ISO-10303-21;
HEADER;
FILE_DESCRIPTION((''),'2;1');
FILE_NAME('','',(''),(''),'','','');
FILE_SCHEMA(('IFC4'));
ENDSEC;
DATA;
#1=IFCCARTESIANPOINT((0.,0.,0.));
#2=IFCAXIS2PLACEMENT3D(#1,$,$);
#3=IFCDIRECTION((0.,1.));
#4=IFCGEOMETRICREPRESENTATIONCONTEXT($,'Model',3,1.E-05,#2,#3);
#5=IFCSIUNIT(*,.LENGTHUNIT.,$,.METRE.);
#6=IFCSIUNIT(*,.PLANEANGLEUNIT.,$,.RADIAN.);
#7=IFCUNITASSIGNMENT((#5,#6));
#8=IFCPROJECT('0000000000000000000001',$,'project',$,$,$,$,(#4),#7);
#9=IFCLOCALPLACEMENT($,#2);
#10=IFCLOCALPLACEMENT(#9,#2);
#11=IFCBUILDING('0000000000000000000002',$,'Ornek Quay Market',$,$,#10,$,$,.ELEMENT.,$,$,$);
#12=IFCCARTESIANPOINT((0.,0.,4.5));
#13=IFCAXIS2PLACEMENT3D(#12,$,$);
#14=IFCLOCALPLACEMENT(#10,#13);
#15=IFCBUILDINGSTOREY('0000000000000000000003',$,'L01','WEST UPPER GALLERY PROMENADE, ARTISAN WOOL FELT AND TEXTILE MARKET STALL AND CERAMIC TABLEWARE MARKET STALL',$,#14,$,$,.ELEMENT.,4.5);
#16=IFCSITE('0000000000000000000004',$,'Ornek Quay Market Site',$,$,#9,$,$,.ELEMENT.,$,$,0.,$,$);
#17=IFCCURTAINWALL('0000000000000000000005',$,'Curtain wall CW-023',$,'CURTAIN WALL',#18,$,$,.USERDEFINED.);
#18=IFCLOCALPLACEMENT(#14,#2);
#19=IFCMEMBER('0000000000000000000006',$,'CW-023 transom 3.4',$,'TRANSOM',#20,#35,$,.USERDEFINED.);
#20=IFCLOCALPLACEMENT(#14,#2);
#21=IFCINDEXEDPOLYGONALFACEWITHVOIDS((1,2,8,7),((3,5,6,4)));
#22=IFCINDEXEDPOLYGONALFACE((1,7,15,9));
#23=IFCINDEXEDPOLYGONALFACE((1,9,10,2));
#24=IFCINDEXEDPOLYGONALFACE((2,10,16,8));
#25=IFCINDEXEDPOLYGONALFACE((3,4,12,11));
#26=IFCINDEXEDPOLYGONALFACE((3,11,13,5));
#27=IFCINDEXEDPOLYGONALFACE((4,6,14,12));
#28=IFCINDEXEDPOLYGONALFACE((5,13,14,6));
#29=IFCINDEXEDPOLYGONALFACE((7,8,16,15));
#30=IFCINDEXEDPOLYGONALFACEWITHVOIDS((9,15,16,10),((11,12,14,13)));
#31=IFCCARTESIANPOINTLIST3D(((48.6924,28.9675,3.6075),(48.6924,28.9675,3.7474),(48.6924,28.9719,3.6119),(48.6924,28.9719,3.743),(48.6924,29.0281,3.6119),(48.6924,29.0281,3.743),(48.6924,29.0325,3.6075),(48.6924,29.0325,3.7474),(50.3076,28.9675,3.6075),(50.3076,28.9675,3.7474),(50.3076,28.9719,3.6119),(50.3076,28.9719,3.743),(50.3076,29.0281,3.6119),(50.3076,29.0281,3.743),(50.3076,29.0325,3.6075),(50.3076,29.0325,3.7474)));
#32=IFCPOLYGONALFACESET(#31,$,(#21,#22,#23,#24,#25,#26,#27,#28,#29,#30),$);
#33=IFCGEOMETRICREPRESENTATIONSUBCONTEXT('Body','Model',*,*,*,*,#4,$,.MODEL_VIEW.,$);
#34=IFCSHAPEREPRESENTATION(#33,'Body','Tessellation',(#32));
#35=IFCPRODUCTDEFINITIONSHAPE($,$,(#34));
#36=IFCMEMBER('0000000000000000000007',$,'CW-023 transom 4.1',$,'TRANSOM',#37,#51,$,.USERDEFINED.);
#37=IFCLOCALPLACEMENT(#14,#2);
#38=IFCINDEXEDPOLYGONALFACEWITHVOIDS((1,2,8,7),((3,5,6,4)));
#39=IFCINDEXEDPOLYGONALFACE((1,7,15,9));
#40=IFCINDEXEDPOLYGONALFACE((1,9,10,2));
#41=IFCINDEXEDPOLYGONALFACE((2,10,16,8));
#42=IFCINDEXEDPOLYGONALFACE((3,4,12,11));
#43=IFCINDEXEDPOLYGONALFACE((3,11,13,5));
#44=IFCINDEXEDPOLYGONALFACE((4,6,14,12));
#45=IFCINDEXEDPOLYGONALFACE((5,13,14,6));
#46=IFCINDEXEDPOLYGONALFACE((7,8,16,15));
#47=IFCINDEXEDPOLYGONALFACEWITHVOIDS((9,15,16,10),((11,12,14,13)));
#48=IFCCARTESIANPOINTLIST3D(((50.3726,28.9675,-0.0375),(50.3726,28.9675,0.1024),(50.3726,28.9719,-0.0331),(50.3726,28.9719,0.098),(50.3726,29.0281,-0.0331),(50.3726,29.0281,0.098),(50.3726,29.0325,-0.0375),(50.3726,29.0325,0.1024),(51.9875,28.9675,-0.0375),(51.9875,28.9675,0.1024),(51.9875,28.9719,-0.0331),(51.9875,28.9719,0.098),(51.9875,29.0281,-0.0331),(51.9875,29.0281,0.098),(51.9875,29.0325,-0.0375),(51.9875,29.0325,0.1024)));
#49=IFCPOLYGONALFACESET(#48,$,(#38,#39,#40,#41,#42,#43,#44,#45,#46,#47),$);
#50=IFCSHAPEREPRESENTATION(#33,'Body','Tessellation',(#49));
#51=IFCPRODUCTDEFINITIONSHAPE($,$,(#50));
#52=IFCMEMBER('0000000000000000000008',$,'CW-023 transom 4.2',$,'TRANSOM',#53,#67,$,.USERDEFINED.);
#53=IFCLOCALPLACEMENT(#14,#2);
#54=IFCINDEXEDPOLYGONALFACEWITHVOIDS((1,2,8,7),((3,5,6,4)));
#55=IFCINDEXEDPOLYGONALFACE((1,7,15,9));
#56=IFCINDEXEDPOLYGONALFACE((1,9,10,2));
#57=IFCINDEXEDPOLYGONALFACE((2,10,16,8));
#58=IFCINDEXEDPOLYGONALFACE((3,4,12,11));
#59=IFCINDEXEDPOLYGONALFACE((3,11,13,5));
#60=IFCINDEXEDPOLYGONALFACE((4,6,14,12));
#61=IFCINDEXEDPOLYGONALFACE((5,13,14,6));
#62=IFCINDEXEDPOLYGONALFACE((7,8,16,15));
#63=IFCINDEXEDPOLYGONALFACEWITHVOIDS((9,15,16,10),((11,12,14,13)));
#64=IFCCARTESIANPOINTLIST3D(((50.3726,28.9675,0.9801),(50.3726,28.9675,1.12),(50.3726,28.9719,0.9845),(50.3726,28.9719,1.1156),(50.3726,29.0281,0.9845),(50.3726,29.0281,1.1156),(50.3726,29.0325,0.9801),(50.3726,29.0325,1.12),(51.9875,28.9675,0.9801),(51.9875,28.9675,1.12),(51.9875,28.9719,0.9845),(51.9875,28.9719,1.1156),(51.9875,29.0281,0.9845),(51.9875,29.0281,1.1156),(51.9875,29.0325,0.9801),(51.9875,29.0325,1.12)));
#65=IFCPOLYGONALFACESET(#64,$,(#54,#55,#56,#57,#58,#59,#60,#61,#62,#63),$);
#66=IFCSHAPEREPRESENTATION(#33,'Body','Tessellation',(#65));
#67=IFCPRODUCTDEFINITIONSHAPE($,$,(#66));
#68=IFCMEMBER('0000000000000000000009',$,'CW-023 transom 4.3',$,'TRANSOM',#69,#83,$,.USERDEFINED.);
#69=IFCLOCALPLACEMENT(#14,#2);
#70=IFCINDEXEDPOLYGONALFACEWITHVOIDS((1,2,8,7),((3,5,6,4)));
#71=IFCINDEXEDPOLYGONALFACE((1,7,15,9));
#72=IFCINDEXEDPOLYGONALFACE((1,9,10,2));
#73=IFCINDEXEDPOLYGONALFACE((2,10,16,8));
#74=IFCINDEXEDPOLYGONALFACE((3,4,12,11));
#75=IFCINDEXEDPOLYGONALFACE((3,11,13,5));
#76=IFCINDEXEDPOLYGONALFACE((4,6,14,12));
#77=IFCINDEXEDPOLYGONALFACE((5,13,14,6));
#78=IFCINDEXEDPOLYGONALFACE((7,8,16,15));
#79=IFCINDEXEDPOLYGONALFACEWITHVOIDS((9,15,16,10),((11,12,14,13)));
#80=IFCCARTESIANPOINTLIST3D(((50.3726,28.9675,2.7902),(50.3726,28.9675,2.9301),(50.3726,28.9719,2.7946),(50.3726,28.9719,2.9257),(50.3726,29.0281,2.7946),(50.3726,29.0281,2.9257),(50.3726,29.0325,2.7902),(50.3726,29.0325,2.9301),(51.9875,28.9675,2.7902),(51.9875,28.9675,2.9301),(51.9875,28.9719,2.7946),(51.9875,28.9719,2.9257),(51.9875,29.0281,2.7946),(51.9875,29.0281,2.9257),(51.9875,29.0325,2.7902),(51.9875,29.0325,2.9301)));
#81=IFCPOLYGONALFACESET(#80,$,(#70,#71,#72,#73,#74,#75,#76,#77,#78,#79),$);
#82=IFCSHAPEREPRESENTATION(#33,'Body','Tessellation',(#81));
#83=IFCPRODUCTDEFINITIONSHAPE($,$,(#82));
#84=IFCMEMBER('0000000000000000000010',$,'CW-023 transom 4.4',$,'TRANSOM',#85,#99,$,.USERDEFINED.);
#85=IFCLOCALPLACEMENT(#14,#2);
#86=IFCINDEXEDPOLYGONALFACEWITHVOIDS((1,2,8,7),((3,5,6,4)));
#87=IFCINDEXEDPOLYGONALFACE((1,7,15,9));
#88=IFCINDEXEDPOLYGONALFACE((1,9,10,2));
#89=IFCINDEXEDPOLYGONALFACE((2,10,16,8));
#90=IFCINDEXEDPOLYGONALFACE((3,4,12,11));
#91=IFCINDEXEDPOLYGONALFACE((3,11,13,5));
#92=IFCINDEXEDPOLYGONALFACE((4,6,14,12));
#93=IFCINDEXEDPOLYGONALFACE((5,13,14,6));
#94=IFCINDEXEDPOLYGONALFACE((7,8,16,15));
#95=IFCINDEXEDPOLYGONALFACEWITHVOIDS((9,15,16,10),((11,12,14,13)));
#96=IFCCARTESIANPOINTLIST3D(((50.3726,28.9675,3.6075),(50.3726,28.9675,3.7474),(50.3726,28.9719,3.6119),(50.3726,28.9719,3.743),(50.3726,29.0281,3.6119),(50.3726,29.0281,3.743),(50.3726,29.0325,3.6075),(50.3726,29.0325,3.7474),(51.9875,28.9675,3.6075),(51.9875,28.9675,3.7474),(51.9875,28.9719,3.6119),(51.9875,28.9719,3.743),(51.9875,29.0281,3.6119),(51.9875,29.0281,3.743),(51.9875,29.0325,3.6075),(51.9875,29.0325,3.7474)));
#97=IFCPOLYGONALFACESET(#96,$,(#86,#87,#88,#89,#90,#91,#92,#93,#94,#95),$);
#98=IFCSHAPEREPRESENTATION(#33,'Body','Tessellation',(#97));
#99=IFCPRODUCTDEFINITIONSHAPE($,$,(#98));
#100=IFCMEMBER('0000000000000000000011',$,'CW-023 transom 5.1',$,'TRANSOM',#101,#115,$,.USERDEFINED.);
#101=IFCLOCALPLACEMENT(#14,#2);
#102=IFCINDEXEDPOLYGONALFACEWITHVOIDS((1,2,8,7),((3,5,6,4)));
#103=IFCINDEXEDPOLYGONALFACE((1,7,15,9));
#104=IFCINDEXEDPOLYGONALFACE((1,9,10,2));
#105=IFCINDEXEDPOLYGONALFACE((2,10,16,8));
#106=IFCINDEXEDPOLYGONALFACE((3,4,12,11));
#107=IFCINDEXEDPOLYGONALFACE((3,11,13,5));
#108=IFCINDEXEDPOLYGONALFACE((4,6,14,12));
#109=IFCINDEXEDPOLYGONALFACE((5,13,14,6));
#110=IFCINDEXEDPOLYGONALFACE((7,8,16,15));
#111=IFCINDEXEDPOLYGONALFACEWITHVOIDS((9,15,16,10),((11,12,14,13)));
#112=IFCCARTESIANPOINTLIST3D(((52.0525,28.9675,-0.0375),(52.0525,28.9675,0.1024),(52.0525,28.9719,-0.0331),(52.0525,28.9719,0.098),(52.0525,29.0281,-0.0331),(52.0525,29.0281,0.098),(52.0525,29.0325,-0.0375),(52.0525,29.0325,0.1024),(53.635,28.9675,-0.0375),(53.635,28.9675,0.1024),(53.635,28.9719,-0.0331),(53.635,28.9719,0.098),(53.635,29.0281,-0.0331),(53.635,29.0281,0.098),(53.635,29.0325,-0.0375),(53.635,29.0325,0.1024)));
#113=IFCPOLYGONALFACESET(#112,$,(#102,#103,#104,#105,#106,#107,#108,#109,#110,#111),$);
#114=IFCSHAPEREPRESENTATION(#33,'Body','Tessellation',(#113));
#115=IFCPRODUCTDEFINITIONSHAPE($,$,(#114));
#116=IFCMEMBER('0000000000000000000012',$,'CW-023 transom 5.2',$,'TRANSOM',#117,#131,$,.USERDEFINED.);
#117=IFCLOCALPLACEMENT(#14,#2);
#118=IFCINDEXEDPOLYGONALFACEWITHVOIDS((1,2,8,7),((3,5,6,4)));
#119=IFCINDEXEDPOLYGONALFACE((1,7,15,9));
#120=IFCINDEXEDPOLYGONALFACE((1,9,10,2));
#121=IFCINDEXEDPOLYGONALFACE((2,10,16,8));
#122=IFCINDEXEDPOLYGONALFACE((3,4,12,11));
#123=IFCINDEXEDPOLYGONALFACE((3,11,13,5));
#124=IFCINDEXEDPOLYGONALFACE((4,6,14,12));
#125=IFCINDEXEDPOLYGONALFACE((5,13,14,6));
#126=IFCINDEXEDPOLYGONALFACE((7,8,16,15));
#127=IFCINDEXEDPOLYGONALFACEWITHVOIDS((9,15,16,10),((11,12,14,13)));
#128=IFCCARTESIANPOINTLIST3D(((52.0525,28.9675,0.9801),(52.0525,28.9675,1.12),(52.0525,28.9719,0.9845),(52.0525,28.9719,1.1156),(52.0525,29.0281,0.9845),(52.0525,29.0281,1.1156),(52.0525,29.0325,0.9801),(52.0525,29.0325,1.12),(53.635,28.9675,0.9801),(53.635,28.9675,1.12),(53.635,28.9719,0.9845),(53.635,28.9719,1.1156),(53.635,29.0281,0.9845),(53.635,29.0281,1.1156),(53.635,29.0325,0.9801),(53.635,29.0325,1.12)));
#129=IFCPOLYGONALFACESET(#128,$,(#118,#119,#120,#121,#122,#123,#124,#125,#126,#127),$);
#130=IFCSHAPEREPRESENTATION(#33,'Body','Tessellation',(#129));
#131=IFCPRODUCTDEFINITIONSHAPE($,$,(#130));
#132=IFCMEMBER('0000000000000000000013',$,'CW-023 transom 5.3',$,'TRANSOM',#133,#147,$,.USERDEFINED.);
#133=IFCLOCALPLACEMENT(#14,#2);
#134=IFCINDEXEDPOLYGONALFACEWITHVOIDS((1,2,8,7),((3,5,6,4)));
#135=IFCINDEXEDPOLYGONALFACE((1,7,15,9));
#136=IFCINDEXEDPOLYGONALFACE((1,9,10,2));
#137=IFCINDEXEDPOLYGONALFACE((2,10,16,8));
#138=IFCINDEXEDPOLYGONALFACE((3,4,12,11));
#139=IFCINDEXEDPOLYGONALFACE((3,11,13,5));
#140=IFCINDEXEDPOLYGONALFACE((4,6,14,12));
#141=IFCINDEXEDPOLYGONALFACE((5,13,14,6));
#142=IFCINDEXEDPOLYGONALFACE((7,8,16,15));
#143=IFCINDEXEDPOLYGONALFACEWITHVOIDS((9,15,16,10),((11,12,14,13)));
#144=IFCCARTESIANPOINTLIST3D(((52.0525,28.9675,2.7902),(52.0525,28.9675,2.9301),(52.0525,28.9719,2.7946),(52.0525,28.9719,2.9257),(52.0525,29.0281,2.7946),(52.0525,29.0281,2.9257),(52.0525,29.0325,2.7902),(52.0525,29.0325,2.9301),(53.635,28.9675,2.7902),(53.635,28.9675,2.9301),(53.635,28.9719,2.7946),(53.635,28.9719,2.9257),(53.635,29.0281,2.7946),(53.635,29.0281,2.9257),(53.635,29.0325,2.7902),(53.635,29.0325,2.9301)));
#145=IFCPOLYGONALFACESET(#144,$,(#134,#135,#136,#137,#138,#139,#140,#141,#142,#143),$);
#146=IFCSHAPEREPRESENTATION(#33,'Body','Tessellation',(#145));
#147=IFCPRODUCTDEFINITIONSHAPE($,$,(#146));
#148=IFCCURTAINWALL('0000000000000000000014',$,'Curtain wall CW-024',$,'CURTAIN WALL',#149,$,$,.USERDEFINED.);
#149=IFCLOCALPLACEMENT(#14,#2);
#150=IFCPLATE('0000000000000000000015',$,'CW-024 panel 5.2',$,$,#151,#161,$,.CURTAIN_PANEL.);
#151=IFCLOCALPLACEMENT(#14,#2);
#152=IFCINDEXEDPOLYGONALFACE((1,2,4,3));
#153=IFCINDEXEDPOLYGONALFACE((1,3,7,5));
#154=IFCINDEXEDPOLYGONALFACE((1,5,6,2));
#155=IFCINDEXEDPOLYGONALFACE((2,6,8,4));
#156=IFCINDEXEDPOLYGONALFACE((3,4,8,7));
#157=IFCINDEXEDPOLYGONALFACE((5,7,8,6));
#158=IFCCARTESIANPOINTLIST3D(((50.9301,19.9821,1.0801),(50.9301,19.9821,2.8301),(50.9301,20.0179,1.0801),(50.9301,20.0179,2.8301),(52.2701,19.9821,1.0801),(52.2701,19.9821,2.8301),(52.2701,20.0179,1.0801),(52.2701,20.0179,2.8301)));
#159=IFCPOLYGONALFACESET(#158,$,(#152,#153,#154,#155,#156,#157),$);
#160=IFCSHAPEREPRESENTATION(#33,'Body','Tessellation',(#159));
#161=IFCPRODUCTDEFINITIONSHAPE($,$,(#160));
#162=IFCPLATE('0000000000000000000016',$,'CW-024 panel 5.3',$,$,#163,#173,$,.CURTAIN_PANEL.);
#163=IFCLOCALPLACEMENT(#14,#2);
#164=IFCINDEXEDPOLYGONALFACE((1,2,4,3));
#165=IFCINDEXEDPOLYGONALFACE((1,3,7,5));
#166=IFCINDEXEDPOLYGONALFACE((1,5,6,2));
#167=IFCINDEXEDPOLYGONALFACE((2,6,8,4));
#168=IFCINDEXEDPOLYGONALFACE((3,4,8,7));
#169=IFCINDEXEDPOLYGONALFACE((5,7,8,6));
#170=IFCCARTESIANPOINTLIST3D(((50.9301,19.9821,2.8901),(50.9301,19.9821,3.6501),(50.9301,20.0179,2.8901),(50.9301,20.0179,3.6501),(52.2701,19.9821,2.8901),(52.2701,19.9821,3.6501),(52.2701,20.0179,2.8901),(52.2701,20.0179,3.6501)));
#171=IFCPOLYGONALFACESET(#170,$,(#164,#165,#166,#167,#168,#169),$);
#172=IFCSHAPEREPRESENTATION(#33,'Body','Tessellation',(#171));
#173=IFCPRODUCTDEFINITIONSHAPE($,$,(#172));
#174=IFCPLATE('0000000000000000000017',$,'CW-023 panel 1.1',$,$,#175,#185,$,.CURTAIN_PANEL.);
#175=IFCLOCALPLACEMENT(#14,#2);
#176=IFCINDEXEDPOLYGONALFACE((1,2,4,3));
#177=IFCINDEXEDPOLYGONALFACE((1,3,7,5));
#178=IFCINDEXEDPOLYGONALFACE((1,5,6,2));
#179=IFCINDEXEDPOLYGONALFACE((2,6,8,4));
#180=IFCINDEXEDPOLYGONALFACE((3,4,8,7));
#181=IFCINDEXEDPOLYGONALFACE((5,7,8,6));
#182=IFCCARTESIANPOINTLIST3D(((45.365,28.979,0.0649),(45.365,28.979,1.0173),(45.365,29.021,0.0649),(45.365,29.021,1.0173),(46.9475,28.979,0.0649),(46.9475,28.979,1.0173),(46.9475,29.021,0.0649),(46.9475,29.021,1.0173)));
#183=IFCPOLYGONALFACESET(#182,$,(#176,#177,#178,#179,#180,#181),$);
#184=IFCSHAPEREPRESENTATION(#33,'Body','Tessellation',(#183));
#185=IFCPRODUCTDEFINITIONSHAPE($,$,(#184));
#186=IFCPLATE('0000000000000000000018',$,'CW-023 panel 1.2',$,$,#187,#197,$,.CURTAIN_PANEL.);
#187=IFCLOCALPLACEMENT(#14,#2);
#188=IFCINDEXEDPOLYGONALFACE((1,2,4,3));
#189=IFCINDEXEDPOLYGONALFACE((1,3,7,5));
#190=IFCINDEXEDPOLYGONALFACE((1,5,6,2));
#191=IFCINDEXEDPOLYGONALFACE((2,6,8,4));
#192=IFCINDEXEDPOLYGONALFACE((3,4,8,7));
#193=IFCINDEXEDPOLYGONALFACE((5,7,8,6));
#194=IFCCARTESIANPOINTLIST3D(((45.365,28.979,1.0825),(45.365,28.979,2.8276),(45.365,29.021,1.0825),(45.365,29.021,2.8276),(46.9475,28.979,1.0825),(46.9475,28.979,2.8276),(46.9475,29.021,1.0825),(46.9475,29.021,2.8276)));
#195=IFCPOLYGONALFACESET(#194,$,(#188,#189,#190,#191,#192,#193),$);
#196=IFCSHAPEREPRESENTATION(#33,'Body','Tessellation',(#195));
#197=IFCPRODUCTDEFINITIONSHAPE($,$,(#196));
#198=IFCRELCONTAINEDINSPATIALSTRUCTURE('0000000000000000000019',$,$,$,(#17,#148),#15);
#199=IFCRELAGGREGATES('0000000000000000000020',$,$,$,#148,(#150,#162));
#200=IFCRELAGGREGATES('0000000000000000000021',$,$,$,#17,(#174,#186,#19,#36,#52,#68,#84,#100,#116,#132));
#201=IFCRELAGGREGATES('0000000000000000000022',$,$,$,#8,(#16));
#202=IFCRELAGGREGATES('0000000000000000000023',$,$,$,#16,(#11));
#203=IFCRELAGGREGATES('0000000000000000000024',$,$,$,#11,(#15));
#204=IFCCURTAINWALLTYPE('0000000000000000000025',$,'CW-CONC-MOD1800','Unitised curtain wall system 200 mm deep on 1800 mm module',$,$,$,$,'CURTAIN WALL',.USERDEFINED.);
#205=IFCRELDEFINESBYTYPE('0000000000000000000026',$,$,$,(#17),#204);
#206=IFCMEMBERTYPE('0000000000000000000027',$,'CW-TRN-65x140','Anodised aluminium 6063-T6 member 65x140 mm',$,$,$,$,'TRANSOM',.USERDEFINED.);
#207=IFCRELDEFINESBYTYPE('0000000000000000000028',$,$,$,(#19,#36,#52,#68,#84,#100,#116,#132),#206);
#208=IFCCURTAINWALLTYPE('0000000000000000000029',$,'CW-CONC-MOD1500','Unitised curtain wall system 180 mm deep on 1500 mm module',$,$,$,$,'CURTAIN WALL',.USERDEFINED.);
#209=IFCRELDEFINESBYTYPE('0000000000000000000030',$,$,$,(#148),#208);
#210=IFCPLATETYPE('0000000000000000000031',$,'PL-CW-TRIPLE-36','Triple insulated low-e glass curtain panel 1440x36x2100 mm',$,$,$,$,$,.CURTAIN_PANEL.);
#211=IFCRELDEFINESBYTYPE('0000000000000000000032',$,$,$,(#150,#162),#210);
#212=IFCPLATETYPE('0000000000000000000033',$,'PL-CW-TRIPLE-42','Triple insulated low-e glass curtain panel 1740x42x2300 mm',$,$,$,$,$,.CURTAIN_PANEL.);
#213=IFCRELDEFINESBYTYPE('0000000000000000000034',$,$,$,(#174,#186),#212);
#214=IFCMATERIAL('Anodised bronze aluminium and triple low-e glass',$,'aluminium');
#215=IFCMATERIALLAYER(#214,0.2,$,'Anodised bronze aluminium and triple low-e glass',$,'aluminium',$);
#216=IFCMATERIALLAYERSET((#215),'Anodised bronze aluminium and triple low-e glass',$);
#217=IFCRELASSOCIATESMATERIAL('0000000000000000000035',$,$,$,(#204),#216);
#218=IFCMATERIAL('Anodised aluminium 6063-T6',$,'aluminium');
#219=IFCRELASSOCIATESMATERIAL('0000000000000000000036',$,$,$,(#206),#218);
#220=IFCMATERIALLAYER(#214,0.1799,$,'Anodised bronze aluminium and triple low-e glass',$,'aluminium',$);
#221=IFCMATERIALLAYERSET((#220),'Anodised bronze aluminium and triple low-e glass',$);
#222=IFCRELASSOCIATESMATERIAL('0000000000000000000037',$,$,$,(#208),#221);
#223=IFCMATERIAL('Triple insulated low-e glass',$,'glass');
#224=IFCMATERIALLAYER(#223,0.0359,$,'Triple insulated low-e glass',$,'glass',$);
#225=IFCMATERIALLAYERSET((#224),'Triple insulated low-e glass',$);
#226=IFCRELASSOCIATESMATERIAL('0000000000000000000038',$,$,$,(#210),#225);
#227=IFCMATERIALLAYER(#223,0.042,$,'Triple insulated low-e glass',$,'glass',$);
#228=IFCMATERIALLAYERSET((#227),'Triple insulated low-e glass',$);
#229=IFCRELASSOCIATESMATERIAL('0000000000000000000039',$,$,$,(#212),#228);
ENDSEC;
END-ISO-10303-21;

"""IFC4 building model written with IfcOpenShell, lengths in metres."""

from ifc_helpers import new_model, si_unit, direction, frame, origin, origin_2d, place, context, subcontext, project, spatial, rectangle, hollow_rectangle, extrude, material, layer, layer_set, material_profile, profile_set, type_object, element, aggregate, save


model = new_model("IFC4")

# Units and contexts
model_context = context("Model", 3, precision=1e-05, world=origin(), true_north=direction((0.0, 1.0)))
body_context = subcontext(model_context, "Body", "Model", "MODEL_VIEW")
ifc_project = project(units=[si_unit("LENGTHUNIT", "METRE"), si_unit("PLANEANGLEUNIT", "RADIAN")], contexts=[model_context])

# Site, building, storey
site_placement = place(None, origin())
site = spatial("IfcSite", under=ifc_project, at=site_placement, Name="Ornek Quay Market Site", CompositionType="ELEMENT", RefElevation=0.0)
building_placement = place(site_placement, origin())
building = spatial("IfcBuilding", under=site, at=building_placement, Name="Ornek Quay Market", CompositionType="ELEMENT")
storey_placement = place(building_placement, frame((0.0, 0.0, 4.5)))
storey = spatial("IfcBuildingStorey", under=building, at=storey_placement, Name="L01", Description="WEST UPPER GALLERY PROMENADE, ARTISAN WOOL FELT AND TEXTILE MARKET STALL AND CERAMIC TABLEWARE MARKET STALL", CompositionType="ELEMENT", Elevation=4.5)

# Curtain wall, members
ifc_material_1 = material(Name="Anodised bronze aluminium and triple low-e glass", Category="aluminium")
ifc_layer_1 = layer(ifc_material_1, 0.2, Name="Anodised bronze aluminium and triple low-e glass", Category="aluminium")
ifc_layer_set_1 = layer_set([ifc_layer_1], Name="Anodised bronze aluminium and triple low-e glass")
curtain_wall_type_1 = type_object("IfcCurtainWallType", Name="CW-CONC-MOD1800", Description="Unitised curtain wall system 200 mm deep on 1800 mm module", ElementType="CURTAIN WALL", PredefinedType="USERDEFINED", material=ifc_layer_set_1)
curtain_wall_1_placement = place(storey_placement, origin())
curtain_wall_1 = element("IfcCurtainWall", 1, at=curtain_wall_1_placement, inside=storey, type_object=curtain_wall_type_1, Name="Curtain wall CW-023", ObjectType="CURTAIN WALL", PredefinedType="USERDEFINED")
ifc_material_2 = material(Name="Anodised aluminium 6063-T6", Category="aluminium")
ifc_material_profile_1 = material_profile(ifc_material_2, hollow_rectangle(XDim=0.0649, YDim=0.1399, WallThickness=0.0044, at=origin_2d()), Name="CW-TRN-65x140", Category="aluminium")
ifc_profile_set_1 = profile_set([ifc_material_profile_1], Name="Anodised aluminium 6063-T6")
member_type_1 = type_object("IfcMemberType", Name="CW-TRN-65x140", Description="Anodised aluminium 6063-T6 member 65x140 mm", ElementType="TRANSOM", PredefinedType="USERDEFINED", material=ifc_profile_set_1)
member_1_placement = place(storey_placement, frame((48.6924, 29.0, 3.6775), z_axis=(1.0, 0.0, 0.0), x_axis=(0.0, 1.0, 0.0)))
member_1 = element("IfcMember", 2, at=member_1_placement, type_object=member_type_1, Name="CW-023 transom 3.4", ObjectType="TRANSOM", PredefinedType="USERDEFINED", context=body_context, shape_type="SweptSolid", body=[
    extrude(hollow_rectangle(XDim=0.0649, YDim=0.1399, WallThickness=0.0044, at=origin_2d()), origin(), (0.0, 0.0, 1.0), 1.6152),
])
member_2_placement = place(storey_placement, frame((50.3726, 29.0, 0.0325), z_axis=(1.0, 0.0, 0.0), x_axis=(0.0, 1.0, 0.0)))
member_2 = element("IfcMember", 3, at=member_2_placement, type_object=member_type_1, Name="CW-023 transom 4.1", ObjectType="TRANSOM", PredefinedType="USERDEFINED", context=body_context, shape_type="SweptSolid", body=[
    extrude(hollow_rectangle(XDim=0.0649, YDim=0.1399, WallThickness=0.0044, at=origin_2d()), origin(), (0.0, 0.0, 1.0), 1.615),
])
member_3_placement = place(storey_placement, frame((50.3726, 29.0, 1.05), z_axis=(1.0, 0.0, 0.0), x_axis=(0.0, 1.0, 0.0)))
member_3 = element("IfcMember", 4, at=member_3_placement, type_object=member_type_1, Name="CW-023 transom 4.2", ObjectType="TRANSOM", PredefinedType="USERDEFINED", context=body_context, shape_type="SweptSolid", body=[
    extrude(hollow_rectangle(XDim=0.0649, YDim=0.1399, WallThickness=0.0044, at=origin_2d()), origin(), (0.0, 0.0, 1.0), 1.615),
])
member_4_placement = place(storey_placement, frame((50.3726, 29.0, 2.8601), z_axis=(1.0, 0.0, 0.0), x_axis=(0.0, 1.0, 0.0)))
member_4 = element("IfcMember", 5, at=member_4_placement, type_object=member_type_1, Name="CW-023 transom 4.3", ObjectType="TRANSOM", PredefinedType="USERDEFINED", context=body_context, shape_type="SweptSolid", body=[
    extrude(hollow_rectangle(XDim=0.0649, YDim=0.1399, WallThickness=0.0044, at=origin_2d()), origin(), (0.0, 0.0, 1.0), 1.615),
])
member_5_placement = place(storey_placement, frame((50.3726, 29.0, 3.6775), z_axis=(1.0, 0.0, 0.0), x_axis=(0.0, 1.0, 0.0)))
member_5 = element("IfcMember", 6, at=member_5_placement, type_object=member_type_1, Name="CW-023 transom 4.4", ObjectType="TRANSOM", PredefinedType="USERDEFINED", context=body_context, shape_type="SweptSolid", body=[
    extrude(hollow_rectangle(XDim=0.0649, YDim=0.1399, WallThickness=0.0044, at=origin_2d()), origin(), (0.0, 0.0, 1.0), 1.615),
])
member_6_placement = place(storey_placement, frame((52.0525, 29.0, 0.0325), z_axis=(1.0, 0.0, 0.0), x_axis=(0.0, 1.0, 0.0)))
member_6 = element("IfcMember", 7, at=member_6_placement, type_object=member_type_1, Name="CW-023 transom 5.1", ObjectType="TRANSOM", PredefinedType="USERDEFINED", context=body_context, shape_type="SweptSolid", body=[
    extrude(hollow_rectangle(XDim=0.0649, YDim=0.1399, WallThickness=0.0044, at=origin_2d()), origin(), (0.0, 0.0, 1.0), 1.5825),
])
member_7_placement = place(storey_placement, frame((52.0525, 29.0, 1.05), z_axis=(1.0, 0.0, 0.0), x_axis=(0.0, 1.0, 0.0)))
member_7 = element("IfcMember", 8, at=member_7_placement, type_object=member_type_1, Name="CW-023 transom 5.2", ObjectType="TRANSOM", PredefinedType="USERDEFINED", context=body_context, shape_type="SweptSolid", body=[
    extrude(hollow_rectangle(XDim=0.0649, YDim=0.1399, WallThickness=0.0044, at=origin_2d()), origin(), (0.0, 0.0, 1.0), 1.5825),
])
member_8_placement = place(storey_placement, frame((52.0525, 29.0, 2.8601), z_axis=(1.0, 0.0, 0.0), x_axis=(0.0, 1.0, 0.0)))
member_8 = element("IfcMember", 9, at=member_8_placement, type_object=member_type_1, Name="CW-023 transom 5.3", ObjectType="TRANSOM", PredefinedType="USERDEFINED", context=body_context, shape_type="SweptSolid", body=[
    extrude(hollow_rectangle(XDim=0.0649, YDim=0.1399, WallThickness=0.0044, at=origin_2d()), origin(), (0.0, 0.0, 1.0), 1.5825),
])

# Curtain wall, plates
ifc_layer_2 = layer(ifc_material_1, 0.1799, Name="Anodised bronze aluminium and triple low-e glass", Category="aluminium")
ifc_layer_set_2 = layer_set([ifc_layer_2], Name="Anodised bronze aluminium and triple low-e glass")
curtain_wall_type_2 = type_object("IfcCurtainWallType", Name="CW-CONC-MOD1500", Description="Unitised curtain wall system 180 mm deep on 1500 mm module", ElementType="CURTAIN WALL", PredefinedType="USERDEFINED", material=ifc_layer_set_2)
curtain_wall_2_placement = place(storey_placement, origin())
curtain_wall_2 = element("IfcCurtainWall", 10, at=curtain_wall_2_placement, inside=storey, type_object=curtain_wall_type_2, Name="Curtain wall CW-024", ObjectType="CURTAIN WALL", PredefinedType="USERDEFINED")
ifc_material_3 = material(Name="Triple insulated low-e glass", Category="glass")
ifc_layer_3 = layer(ifc_material_3, 0.0359, Name="Triple insulated low-e glass", Category="glass")
ifc_layer_set_3 = layer_set([ifc_layer_3], Name="Triple insulated low-e glass")
plate_type_1 = type_object("IfcPlateType", Name="PL-CW-TRIPLE-36", Description="Triple insulated low-e glass curtain panel 1440x36x2100 mm", PredefinedType="CURTAIN_PANEL", material=ifc_layer_set_3)
plate_1_placement = place(storey_placement, frame((51.6001, 20.0, 1.0801), z_axis=(0.0, 0.0, 1.0), x_axis=(1.0, 0.0, 0.0)))
plate_1 = element("IfcPlate", 11, at=plate_1_placement, type_object=plate_type_1, Name="CW-024 panel 5.2", PredefinedType="CURTAIN_PANEL", context=body_context, shape_type="SweptSolid", body=[
    extrude(rectangle(XDim=1.3401, YDim=0.0359, at=origin_2d()), origin(), (0.0, 0.0, 1.0), 1.75),
])
plate_2_placement = place(storey_placement, frame((51.6001, 20.0, 2.8901), z_axis=(0.0, 0.0, 1.0), x_axis=(1.0, 0.0, 0.0)))
plate_2 = element("IfcPlate", 12, at=plate_2_placement, type_object=plate_type_1, Name="CW-024 panel 5.3", PredefinedType="CURTAIN_PANEL", context=body_context, shape_type="SweptSolid", body=[
    extrude(rectangle(XDim=1.3401, YDim=0.0359, at=origin_2d()), origin(), (0.0, 0.0, 1.0), 0.76),
])
aggregate(curtain_wall_2, [plate_1, plate_2])

# Plates
ifc_layer_4 = layer(ifc_material_3, 0.042, Name="Triple insulated low-e glass", Category="glass")
ifc_layer_set_4 = layer_set([ifc_layer_4], Name="Triple insulated low-e glass")
plate_type_2 = type_object("IfcPlateType", Name="PL-CW-TRIPLE-42", Description="Triple insulated low-e glass curtain panel 1740x42x2300 mm", PredefinedType="CURTAIN_PANEL", material=ifc_layer_set_4)
plate_3_placement = place(storey_placement, frame((46.1562, 29.0, 0.0649), z_axis=(0.0, 0.0, 1.0), x_axis=(1.0, 0.0, 0.0)))
plate_3 = element("IfcPlate", 13, at=plate_3_placement, type_object=plate_type_2, Name="CW-023 panel 1.1", PredefinedType="CURTAIN_PANEL", context=body_context, shape_type="SweptSolid", body=[
    extrude(rectangle(XDim=1.5825, YDim=0.042, at=origin_2d()), origin(), (0.0, 0.0, 1.0), 0.9524),
])
plate_4_placement = place(storey_placement, frame((46.1562, 29.0, 1.0825), z_axis=(0.0, 0.0, 1.0), x_axis=(1.0, 0.0, 0.0)))
plate_4 = element("IfcPlate", 14, at=plate_4_placement, type_object=plate_type_2, Name="CW-023 panel 1.2", PredefinedType="CURTAIN_PANEL", context=body_context, shape_type="SweptSolid", body=[
    extrude(rectangle(XDim=1.5825, YDim=0.042, at=origin_2d()), origin(), (0.0, 0.0, 1.0), 1.7451),
])
aggregate(curtain_wall_1, [plate_3, plate_4, member_1, member_2, member_3, member_4, member_5, member_6, member_7, member_8])

save(model, "model.ifc")
